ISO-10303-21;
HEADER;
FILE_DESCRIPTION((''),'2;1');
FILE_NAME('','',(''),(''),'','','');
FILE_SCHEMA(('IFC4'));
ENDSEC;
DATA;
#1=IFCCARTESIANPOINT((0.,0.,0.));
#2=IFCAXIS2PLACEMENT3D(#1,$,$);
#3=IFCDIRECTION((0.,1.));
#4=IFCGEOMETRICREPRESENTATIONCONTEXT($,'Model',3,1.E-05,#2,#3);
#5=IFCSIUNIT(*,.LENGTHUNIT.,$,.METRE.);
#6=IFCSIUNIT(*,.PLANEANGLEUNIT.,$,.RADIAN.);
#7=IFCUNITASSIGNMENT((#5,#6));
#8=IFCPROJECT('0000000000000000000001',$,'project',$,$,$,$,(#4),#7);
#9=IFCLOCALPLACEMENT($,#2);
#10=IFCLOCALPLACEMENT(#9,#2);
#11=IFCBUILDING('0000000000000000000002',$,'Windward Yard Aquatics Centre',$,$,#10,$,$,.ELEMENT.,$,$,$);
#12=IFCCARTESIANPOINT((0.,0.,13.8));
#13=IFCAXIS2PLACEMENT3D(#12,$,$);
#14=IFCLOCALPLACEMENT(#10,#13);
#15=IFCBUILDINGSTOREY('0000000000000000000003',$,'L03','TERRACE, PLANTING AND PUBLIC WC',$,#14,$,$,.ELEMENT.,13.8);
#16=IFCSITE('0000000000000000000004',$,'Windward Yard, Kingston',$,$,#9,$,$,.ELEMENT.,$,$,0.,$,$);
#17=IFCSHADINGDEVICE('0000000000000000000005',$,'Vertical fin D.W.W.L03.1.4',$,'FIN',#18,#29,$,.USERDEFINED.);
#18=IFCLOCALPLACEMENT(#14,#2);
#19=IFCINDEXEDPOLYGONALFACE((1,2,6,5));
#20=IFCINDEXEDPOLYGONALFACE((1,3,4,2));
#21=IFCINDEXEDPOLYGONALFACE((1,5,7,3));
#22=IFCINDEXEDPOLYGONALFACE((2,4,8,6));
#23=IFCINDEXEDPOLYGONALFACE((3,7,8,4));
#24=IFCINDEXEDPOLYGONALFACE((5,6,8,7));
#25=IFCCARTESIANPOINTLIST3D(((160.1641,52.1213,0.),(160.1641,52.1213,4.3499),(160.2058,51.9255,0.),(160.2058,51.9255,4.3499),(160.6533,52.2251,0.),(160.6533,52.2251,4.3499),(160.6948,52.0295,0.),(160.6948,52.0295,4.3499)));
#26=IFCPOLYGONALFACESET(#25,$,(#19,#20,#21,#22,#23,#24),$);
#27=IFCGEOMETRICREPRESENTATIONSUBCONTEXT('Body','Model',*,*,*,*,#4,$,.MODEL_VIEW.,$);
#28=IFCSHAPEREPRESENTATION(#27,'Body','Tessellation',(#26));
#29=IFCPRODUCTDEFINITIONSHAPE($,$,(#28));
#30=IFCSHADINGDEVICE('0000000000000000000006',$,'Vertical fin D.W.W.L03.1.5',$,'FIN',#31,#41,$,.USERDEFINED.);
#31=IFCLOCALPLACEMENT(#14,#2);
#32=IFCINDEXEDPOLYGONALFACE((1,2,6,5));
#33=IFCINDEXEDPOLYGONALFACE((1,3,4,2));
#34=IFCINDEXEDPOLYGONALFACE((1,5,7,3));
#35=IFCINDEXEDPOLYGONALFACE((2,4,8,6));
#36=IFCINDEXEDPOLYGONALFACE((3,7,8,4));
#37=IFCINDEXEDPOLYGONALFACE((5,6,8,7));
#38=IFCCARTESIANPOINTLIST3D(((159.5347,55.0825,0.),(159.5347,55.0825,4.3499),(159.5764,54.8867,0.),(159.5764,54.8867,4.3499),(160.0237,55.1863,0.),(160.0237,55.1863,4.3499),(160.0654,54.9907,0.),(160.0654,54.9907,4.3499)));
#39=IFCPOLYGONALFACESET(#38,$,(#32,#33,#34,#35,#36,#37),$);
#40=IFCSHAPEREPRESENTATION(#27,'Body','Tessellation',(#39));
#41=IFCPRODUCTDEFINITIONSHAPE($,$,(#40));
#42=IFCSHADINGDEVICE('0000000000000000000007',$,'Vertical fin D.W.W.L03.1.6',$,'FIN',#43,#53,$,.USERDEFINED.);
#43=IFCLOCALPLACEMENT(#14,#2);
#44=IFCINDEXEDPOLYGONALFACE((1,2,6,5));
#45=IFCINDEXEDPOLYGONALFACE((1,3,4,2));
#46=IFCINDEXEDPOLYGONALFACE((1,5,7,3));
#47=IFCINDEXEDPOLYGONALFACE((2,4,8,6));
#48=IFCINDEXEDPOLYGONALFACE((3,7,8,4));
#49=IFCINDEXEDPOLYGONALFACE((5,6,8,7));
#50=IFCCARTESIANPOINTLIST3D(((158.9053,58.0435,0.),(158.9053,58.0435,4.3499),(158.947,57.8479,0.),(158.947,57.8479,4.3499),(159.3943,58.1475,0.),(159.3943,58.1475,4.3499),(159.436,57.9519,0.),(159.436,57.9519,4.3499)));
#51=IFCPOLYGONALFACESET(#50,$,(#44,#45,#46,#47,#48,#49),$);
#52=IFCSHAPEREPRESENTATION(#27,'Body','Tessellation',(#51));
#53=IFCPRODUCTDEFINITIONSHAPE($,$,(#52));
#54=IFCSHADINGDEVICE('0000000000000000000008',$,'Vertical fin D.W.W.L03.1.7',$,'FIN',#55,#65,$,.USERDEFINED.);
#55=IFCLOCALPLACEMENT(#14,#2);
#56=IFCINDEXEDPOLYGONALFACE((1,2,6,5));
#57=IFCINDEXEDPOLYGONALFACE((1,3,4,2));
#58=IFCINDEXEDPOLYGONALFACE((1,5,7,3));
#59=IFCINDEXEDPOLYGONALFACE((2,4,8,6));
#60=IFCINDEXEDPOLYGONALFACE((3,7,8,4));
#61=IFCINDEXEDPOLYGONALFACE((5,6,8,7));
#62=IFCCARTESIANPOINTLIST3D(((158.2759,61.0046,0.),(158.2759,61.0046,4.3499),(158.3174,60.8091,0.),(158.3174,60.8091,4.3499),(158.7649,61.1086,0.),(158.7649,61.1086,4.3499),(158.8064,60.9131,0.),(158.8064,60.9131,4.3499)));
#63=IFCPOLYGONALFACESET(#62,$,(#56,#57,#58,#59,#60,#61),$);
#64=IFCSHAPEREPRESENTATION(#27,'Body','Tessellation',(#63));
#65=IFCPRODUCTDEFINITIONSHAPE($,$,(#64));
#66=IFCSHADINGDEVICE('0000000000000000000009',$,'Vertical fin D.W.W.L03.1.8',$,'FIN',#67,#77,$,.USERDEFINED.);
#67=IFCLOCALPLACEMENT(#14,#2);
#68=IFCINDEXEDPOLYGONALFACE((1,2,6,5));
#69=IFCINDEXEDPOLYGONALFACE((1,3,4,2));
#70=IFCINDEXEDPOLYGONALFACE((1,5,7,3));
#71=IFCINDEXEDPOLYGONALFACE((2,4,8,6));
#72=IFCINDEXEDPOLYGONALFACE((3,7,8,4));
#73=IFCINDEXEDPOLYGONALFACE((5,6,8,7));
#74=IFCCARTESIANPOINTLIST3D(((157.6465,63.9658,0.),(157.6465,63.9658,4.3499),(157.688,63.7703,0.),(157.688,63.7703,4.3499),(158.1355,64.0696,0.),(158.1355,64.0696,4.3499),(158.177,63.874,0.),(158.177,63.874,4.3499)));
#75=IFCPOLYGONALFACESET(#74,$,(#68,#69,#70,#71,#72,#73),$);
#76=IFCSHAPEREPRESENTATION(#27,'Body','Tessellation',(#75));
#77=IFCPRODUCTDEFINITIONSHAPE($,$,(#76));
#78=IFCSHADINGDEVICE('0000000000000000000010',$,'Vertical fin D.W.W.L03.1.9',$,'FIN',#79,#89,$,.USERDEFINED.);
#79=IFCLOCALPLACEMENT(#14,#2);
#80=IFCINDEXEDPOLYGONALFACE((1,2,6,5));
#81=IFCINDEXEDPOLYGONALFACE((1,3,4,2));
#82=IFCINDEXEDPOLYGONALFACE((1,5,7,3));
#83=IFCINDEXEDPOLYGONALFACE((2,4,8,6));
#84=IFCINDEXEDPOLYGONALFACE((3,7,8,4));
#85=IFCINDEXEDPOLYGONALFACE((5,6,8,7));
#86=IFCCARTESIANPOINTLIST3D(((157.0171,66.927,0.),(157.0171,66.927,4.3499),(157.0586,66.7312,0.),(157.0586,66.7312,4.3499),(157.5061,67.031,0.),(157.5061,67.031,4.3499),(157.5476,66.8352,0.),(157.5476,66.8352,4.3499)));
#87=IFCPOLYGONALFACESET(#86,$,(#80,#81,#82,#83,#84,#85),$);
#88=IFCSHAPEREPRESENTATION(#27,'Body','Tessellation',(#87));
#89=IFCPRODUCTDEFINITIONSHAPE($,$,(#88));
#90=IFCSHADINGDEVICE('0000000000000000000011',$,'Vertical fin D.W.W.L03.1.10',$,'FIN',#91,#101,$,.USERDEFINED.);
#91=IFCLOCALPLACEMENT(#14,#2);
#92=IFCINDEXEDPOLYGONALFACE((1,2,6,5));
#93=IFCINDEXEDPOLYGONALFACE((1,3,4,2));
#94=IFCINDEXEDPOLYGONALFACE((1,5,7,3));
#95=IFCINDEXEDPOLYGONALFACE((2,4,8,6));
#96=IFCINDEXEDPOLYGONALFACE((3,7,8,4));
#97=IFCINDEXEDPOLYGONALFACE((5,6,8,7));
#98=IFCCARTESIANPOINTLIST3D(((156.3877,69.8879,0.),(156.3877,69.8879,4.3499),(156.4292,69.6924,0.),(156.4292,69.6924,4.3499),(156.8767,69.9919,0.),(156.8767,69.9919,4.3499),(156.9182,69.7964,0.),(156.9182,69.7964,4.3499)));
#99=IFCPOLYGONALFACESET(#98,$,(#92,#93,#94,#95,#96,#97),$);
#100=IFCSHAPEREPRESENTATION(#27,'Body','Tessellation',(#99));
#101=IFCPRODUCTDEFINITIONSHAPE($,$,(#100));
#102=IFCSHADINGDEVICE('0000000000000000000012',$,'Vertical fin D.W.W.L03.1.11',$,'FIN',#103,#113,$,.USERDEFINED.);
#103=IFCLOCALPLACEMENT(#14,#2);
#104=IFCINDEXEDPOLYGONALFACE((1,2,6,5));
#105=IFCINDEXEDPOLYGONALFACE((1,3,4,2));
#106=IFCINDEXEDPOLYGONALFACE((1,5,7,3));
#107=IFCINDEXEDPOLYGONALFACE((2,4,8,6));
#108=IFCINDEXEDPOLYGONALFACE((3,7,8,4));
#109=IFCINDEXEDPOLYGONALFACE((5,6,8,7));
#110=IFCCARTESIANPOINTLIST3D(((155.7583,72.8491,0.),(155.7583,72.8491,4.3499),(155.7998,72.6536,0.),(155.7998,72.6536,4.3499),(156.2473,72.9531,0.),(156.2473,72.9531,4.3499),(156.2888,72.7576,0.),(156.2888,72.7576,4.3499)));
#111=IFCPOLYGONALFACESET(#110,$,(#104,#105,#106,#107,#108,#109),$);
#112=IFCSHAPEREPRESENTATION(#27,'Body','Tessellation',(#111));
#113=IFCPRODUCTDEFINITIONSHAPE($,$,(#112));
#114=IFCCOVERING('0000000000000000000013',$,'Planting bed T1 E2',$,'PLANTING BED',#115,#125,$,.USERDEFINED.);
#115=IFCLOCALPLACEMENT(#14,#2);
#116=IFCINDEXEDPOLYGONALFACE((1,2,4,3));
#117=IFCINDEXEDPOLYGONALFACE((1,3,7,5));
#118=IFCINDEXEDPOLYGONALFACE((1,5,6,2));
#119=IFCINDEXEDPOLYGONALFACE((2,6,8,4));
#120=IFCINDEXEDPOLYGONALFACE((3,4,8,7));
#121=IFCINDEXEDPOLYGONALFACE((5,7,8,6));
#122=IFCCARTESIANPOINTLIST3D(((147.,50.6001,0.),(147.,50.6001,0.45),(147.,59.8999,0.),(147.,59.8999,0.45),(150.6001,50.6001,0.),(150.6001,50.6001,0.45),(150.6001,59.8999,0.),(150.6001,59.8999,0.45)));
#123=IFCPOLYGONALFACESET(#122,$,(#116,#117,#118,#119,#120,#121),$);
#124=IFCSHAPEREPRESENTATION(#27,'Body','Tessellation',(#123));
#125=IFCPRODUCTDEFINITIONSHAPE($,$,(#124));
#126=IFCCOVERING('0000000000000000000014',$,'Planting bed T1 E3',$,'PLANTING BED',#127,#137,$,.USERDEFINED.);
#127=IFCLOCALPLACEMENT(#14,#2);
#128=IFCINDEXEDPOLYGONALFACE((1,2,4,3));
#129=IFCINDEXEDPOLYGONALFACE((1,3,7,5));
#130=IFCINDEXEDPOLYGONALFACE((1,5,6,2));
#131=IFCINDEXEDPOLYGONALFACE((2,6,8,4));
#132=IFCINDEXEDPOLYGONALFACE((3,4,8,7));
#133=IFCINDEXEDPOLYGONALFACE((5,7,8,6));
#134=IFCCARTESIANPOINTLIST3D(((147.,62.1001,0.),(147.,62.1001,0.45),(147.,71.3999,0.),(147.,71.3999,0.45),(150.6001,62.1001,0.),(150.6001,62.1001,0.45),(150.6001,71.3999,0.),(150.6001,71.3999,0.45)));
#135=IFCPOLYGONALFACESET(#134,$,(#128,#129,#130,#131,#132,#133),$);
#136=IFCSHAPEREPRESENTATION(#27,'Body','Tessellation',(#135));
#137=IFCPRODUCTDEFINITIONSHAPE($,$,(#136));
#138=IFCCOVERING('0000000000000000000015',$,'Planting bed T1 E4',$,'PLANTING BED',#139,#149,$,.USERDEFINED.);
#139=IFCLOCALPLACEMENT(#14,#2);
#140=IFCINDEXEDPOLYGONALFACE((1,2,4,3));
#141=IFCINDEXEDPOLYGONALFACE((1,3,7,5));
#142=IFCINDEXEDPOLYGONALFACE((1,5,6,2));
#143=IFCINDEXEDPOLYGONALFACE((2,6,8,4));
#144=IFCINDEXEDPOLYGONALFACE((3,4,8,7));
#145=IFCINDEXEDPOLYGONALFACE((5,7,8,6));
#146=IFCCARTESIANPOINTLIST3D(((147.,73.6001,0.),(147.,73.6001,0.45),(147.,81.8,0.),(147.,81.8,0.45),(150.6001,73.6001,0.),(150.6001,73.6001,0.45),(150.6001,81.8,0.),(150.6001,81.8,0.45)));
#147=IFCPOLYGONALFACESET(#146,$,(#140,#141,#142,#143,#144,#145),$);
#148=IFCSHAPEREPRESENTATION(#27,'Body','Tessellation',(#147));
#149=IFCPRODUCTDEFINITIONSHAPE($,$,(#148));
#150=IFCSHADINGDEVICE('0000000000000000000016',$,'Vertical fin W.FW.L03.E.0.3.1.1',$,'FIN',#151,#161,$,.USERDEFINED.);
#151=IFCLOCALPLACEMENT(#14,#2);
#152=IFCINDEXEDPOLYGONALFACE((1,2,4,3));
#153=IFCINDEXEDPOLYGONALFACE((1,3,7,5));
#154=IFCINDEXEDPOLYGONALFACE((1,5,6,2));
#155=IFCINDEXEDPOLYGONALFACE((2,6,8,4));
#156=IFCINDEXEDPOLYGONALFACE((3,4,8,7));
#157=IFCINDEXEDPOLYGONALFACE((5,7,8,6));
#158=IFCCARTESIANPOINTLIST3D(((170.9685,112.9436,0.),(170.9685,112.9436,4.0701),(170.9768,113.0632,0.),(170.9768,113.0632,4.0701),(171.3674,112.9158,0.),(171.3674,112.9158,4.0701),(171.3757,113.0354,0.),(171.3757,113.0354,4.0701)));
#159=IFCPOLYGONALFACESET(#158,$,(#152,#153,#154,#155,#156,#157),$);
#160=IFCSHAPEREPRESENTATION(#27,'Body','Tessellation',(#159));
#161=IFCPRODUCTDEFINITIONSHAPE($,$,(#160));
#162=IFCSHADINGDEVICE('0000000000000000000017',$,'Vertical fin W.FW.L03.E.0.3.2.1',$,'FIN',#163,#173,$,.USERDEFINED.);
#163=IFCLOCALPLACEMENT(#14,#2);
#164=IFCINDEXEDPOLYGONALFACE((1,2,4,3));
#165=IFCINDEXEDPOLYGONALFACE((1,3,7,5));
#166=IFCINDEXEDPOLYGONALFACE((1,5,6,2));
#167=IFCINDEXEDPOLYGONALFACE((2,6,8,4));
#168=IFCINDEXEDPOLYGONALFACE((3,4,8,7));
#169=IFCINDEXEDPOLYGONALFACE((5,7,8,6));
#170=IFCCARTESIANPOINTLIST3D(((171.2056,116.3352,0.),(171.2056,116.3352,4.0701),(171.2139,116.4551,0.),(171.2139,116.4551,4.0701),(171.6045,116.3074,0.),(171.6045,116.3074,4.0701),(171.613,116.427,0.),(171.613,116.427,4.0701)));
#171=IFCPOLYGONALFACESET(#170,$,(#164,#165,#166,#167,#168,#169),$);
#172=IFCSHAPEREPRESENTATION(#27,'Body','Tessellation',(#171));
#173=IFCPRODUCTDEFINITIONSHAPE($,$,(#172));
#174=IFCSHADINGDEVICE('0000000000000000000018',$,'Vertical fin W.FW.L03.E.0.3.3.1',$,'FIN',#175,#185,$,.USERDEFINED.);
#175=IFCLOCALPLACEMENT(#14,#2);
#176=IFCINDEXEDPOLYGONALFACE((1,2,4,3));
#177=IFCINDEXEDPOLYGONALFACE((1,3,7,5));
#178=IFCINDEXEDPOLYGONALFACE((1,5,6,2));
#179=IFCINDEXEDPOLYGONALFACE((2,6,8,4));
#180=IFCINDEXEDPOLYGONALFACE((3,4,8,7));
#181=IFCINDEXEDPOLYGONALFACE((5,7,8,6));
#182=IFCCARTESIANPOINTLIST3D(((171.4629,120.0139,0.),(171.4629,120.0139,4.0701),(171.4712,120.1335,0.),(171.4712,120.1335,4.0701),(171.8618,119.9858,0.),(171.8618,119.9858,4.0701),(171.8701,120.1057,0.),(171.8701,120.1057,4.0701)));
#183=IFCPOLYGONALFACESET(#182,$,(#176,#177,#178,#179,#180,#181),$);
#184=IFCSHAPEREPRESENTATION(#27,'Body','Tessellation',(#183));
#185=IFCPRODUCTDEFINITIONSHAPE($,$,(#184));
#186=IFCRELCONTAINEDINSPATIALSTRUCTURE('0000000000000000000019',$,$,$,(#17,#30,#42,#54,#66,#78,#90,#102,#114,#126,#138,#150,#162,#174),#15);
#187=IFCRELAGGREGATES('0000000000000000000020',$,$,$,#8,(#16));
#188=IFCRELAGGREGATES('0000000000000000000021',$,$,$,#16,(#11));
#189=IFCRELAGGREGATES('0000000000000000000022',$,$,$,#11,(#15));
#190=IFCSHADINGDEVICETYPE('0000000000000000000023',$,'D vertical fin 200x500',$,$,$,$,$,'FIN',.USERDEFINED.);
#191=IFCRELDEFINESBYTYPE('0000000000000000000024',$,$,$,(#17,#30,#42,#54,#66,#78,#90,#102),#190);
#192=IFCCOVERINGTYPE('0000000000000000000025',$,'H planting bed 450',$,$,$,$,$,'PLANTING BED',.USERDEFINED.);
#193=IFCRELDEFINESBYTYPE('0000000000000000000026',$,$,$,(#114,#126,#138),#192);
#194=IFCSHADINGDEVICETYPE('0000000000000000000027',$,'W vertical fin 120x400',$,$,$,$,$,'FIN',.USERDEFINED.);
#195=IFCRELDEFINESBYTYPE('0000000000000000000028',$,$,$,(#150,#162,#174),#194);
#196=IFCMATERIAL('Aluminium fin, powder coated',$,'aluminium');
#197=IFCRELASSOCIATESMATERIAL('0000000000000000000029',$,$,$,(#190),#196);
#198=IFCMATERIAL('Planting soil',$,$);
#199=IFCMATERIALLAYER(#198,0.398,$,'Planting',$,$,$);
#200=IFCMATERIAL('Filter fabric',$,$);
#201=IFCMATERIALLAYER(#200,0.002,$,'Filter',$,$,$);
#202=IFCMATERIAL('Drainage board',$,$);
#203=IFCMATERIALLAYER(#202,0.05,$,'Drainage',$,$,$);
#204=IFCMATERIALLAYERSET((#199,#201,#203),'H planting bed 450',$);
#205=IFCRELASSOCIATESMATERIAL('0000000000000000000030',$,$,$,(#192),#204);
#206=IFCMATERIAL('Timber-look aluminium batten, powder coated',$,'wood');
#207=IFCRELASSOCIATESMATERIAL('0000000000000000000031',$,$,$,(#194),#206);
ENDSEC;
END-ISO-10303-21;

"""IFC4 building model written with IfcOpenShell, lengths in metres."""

from ifc_helpers import new_model, si_unit, direction, frame, origin, place, context, subcontext, project, spatial, polyline, outline, extrude, material, layer, layer_set, type_object, element, save


model = new_model("IFC4")

# Units and contexts
model_context = context("Model", 3, precision=1e-05, world=origin(), true_north=direction((0.0, 1.0)))
body_context = subcontext(model_context, "Body", "Model", "MODEL_VIEW")
ifc_project = project(units=[si_unit("LENGTHUNIT", "METRE"), si_unit("PLANEANGLEUNIT", "RADIAN")], contexts=[model_context])

# Site, building, storey
site_placement = place(None, origin())
site = spatial("IfcSite", under=ifc_project, at=site_placement, Name="Windward Yard, Kingston", CompositionType="ELEMENT", RefElevation=0.0)
building_placement = place(site_placement, origin())
building = spatial("IfcBuilding", under=site, at=building_placement, Name="Windward Yard Aquatics Centre", CompositionType="ELEMENT")
storey_placement = place(building_placement, frame((0.0, 0.0, 13.8)))
storey = spatial("IfcBuildingStorey", under=building, at=storey_placement, Name="L03", Description="TERRACE, PLANTING AND PUBLIC WC", CompositionType="ELEMENT", Elevation=13.8)

# Shading devices
ifc_material_1 = material(Name="Aluminium fin, powder coated", Category="aluminium")
shading_device_type_1 = type_object("IfcShadingDeviceType", Name="D vertical fin 200x500", ElementType="FIN", PredefinedType="USERDEFINED", material=ifc_material_1)
shading_device_1_placement = place(storey_placement, origin())
element("IfcShadingDevice", 1, at=shading_device_1_placement, inside=storey, type_object=shading_device_type_1, Name="Vertical fin D.W.W.L03.1.4", ObjectType="FIN", PredefinedType="USERDEFINED", context=body_context, shape_type="SweptSolid", body=[
    extrude(outline(polyline([(160.1641, 52.1213), (160.2058, 51.9255), (160.6948, 52.0295), (160.6533, 52.2251), (160.1641, 52.1213)])), origin(), (0.0, 0.0, 1.0), 4.3499),
])
shading_device_2_placement = place(storey_placement, origin())
element("IfcShadingDevice", 2, at=shading_device_2_placement, inside=storey, type_object=shading_device_type_1, Name="Vertical fin D.W.W.L03.1.5", ObjectType="FIN", PredefinedType="USERDEFINED", context=body_context, shape_type="SweptSolid", body=[
    extrude(outline(polyline([(159.5347, 55.0825), (159.5764, 54.8867), (160.0654, 54.9907), (160.0237, 55.1863), (159.5347, 55.0825)])), origin(), (0.0, 0.0, 1.0), 4.3499),
])
shading_device_3_placement = place(storey_placement, origin())
element("IfcShadingDevice", 3, at=shading_device_3_placement, inside=storey, type_object=shading_device_type_1, Name="Vertical fin D.W.W.L03.1.6", ObjectType="FIN", PredefinedType="USERDEFINED", context=body_context, shape_type="SweptSolid", body=[
    extrude(outline(polyline([(158.9053, 58.0435), (158.947, 57.8479), (159.436, 57.9519), (159.3943, 58.1475), (158.9053, 58.0435)])), origin(), (0.0, 0.0, 1.0), 4.3499),
])
shading_device_4_placement = place(storey_placement, origin())
element("IfcShadingDevice", 4, at=shading_device_4_placement, inside=storey, type_object=shading_device_type_1, Name="Vertical fin D.W.W.L03.1.7", ObjectType="FIN", PredefinedType="USERDEFINED", context=body_context, shape_type="SweptSolid", body=[
    extrude(outline(polyline([(158.2759, 61.0046), (158.3174, 60.8091), (158.8064, 60.9131), (158.7649, 61.1086), (158.2759, 61.0046)])), origin(), (0.0, 0.0, 1.0), 4.3499),
])
shading_device_5_placement = place(storey_placement, origin())
element("IfcShadingDevice", 5, at=shading_device_5_placement, inside=storey, type_object=shading_device_type_1, Name="Vertical fin D.W.W.L03.1.8", ObjectType="FIN", PredefinedType="USERDEFINED", context=body_context, shape_type="SweptSolid", body=[
    extrude(outline(polyline([(157.6465, 63.9658), (157.688, 63.7703), (158.177, 63.874), (158.1355, 64.0696), (157.6465, 63.9658)])), origin(), (0.0, 0.0, 1.0), 4.3499),
])
shading_device_6_placement = place(storey_placement, origin())
element("IfcShadingDevice", 6, at=shading_device_6_placement, inside=storey, type_object=shading_device_type_1, Name="Vertical fin D.W.W.L03.1.9", ObjectType="FIN", PredefinedType="USERDEFINED", context=body_context, shape_type="SweptSolid", body=[
    extrude(outline(polyline([(157.0171, 66.927), (157.0586, 66.7312), (157.5476, 66.8352), (157.5061, 67.031), (157.0171, 66.927)])), origin(), (0.0, 0.0, 1.0), 4.3499),
])
shading_device_7_placement = place(storey_placement, origin())
element("IfcShadingDevice", 7, at=shading_device_7_placement, inside=storey, type_object=shading_device_type_1, Name="Vertical fin D.W.W.L03.1.10", ObjectType="FIN", PredefinedType="USERDEFINED", context=body_context, shape_type="SweptSolid", body=[
    extrude(outline(polyline([(156.3877, 69.8879), (156.4292, 69.6924), (156.9182, 69.7964), (156.8767, 69.9919), (156.3877, 69.8879)])), origin(), (0.0, 0.0, 1.0), 4.3499),
])
shading_device_8_placement = place(storey_placement, origin())
element("IfcShadingDevice", 8, at=shading_device_8_placement, inside=storey, type_object=shading_device_type_1, Name="Vertical fin D.W.W.L03.1.11", ObjectType="FIN", PredefinedType="USERDEFINED", context=body_context, shape_type="SweptSolid", body=[
    extrude(outline(polyline([(155.7583, 72.8491), (155.7998, 72.6536), (156.2888, 72.7576), (156.2473, 72.9531), (155.7583, 72.8491)])), origin(), (0.0, 0.0, 1.0), 4.3499),
])

# Coverings
ifc_material_2 = material(Name="Planting soil")
ifc_layer_1 = layer(ifc_material_2, 0.398, Name="Planting")
ifc_material_3 = material(Name="Filter fabric")
ifc_layer_2 = layer(ifc_material_3, 0.002, Name="Filter")
ifc_material_4 = material(Name="Drainage board")
ifc_layer_3 = layer(ifc_material_4, 0.05, Name="Drainage")
ifc_layer_set = layer_set([ifc_layer_1, ifc_layer_2, ifc_layer_3], Name="H planting bed 450")
covering_type = type_object("IfcCoveringType", Name="H planting bed 450", ElementType="PLANTING BED", PredefinedType="USERDEFINED", material=ifc_layer_set)
covering_1_placement = place(storey_placement, origin())
element("IfcCovering", 9, at=covering_1_placement, inside=storey, type_object=covering_type, Name="Planting bed T1 E2", ObjectType="PLANTING BED", PredefinedType="USERDEFINED", context=body_context, shape_type="SweptSolid", body=[
    extrude(outline(polyline([(147.0, 50.6001), (150.6001, 50.6001), (150.6001, 59.8999), (147.0, 59.8999), (147.0, 50.6001)])), origin(), (0.0, 0.0, 1.0), 0.45),
])
covering_2_placement = place(storey_placement, origin())
element("IfcCovering", 10, at=covering_2_placement, inside=storey, type_object=covering_type, Name="Planting bed T1 E3", ObjectType="PLANTING BED", PredefinedType="USERDEFINED", context=body_context, shape_type="SweptSolid", body=[
    extrude(outline(polyline([(147.0, 62.1001), (150.6001, 62.1001), (150.6001, 71.3999), (147.0, 71.3999), (147.0, 62.1001)])), origin(), (0.0, 0.0, 1.0), 0.45),
])
covering_3_placement = place(storey_placement, origin())
element("IfcCovering", 11, at=covering_3_placement, inside=storey, type_object=covering_type, Name="Planting bed T1 E4", ObjectType="PLANTING BED", PredefinedType="USERDEFINED", context=body_context, shape_type="SweptSolid", body=[
    extrude(outline(polyline([(147.0, 73.6001), (150.6001, 73.6001), (150.6001, 81.8), (147.0, 81.8), (147.0, 73.6001)])), origin(), (0.0, 0.0, 1.0), 0.45),
])

# Shading devices
ifc_material_5 = material(Name="Timber-look aluminium batten, powder coated", Category="wood")
shading_device_type_2 = type_object("IfcShadingDeviceType", Name="W vertical fin 120x400", ElementType="FIN", PredefinedType="USERDEFINED", material=ifc_material_5)
shading_device_9_placement = place(storey_placement, origin())
element("IfcShadingDevice", 12, at=shading_device_9_placement, inside=storey, type_object=shading_device_type_2, Name="Vertical fin W.FW.L03.E.0.3.1.1", ObjectType="FIN", PredefinedType="USERDEFINED", context=body_context, shape_type="SweptSolid", body=[
    extrude(outline(polyline([(170.9685, 112.9436), (170.9768, 113.0632), (171.3757, 113.0354), (171.3674, 112.9158), (170.9685, 112.9436)])), origin(), (0.0, 0.0, 1.0), 4.0701),
])
shading_device_10_placement = place(storey_placement, origin())
element("IfcShadingDevice", 13, at=shading_device_10_placement, inside=storey, type_object=shading_device_type_2, Name="Vertical fin W.FW.L03.E.0.3.2.1", ObjectType="FIN", PredefinedType="USERDEFINED", context=body_context, shape_type="SweptSolid", body=[
    extrude(outline(polyline([(171.2056, 116.3352), (171.2139, 116.4551), (171.613, 116.427), (171.6045, 116.3074), (171.2056, 116.3352)])), origin(), (0.0, 0.0, 1.0), 4.0701),
])
shading_device_11_placement = place(storey_placement, origin())
element("IfcShadingDevice", 14, at=shading_device_11_placement, inside=storey, type_object=shading_device_type_2, Name="Vertical fin W.FW.L03.E.0.3.3.1", ObjectType="FIN", PredefinedType="USERDEFINED", context=body_context, shape_type="SweptSolid", body=[
    extrude(outline(polyline([(171.4629, 120.0139), (171.4712, 120.1335), (171.8701, 120.1057), (171.8618, 119.9858), (171.4629, 120.0139)])), origin(), (0.0, 0.0, 1.0), 4.0701),
])

save(model, "model.ifc")
